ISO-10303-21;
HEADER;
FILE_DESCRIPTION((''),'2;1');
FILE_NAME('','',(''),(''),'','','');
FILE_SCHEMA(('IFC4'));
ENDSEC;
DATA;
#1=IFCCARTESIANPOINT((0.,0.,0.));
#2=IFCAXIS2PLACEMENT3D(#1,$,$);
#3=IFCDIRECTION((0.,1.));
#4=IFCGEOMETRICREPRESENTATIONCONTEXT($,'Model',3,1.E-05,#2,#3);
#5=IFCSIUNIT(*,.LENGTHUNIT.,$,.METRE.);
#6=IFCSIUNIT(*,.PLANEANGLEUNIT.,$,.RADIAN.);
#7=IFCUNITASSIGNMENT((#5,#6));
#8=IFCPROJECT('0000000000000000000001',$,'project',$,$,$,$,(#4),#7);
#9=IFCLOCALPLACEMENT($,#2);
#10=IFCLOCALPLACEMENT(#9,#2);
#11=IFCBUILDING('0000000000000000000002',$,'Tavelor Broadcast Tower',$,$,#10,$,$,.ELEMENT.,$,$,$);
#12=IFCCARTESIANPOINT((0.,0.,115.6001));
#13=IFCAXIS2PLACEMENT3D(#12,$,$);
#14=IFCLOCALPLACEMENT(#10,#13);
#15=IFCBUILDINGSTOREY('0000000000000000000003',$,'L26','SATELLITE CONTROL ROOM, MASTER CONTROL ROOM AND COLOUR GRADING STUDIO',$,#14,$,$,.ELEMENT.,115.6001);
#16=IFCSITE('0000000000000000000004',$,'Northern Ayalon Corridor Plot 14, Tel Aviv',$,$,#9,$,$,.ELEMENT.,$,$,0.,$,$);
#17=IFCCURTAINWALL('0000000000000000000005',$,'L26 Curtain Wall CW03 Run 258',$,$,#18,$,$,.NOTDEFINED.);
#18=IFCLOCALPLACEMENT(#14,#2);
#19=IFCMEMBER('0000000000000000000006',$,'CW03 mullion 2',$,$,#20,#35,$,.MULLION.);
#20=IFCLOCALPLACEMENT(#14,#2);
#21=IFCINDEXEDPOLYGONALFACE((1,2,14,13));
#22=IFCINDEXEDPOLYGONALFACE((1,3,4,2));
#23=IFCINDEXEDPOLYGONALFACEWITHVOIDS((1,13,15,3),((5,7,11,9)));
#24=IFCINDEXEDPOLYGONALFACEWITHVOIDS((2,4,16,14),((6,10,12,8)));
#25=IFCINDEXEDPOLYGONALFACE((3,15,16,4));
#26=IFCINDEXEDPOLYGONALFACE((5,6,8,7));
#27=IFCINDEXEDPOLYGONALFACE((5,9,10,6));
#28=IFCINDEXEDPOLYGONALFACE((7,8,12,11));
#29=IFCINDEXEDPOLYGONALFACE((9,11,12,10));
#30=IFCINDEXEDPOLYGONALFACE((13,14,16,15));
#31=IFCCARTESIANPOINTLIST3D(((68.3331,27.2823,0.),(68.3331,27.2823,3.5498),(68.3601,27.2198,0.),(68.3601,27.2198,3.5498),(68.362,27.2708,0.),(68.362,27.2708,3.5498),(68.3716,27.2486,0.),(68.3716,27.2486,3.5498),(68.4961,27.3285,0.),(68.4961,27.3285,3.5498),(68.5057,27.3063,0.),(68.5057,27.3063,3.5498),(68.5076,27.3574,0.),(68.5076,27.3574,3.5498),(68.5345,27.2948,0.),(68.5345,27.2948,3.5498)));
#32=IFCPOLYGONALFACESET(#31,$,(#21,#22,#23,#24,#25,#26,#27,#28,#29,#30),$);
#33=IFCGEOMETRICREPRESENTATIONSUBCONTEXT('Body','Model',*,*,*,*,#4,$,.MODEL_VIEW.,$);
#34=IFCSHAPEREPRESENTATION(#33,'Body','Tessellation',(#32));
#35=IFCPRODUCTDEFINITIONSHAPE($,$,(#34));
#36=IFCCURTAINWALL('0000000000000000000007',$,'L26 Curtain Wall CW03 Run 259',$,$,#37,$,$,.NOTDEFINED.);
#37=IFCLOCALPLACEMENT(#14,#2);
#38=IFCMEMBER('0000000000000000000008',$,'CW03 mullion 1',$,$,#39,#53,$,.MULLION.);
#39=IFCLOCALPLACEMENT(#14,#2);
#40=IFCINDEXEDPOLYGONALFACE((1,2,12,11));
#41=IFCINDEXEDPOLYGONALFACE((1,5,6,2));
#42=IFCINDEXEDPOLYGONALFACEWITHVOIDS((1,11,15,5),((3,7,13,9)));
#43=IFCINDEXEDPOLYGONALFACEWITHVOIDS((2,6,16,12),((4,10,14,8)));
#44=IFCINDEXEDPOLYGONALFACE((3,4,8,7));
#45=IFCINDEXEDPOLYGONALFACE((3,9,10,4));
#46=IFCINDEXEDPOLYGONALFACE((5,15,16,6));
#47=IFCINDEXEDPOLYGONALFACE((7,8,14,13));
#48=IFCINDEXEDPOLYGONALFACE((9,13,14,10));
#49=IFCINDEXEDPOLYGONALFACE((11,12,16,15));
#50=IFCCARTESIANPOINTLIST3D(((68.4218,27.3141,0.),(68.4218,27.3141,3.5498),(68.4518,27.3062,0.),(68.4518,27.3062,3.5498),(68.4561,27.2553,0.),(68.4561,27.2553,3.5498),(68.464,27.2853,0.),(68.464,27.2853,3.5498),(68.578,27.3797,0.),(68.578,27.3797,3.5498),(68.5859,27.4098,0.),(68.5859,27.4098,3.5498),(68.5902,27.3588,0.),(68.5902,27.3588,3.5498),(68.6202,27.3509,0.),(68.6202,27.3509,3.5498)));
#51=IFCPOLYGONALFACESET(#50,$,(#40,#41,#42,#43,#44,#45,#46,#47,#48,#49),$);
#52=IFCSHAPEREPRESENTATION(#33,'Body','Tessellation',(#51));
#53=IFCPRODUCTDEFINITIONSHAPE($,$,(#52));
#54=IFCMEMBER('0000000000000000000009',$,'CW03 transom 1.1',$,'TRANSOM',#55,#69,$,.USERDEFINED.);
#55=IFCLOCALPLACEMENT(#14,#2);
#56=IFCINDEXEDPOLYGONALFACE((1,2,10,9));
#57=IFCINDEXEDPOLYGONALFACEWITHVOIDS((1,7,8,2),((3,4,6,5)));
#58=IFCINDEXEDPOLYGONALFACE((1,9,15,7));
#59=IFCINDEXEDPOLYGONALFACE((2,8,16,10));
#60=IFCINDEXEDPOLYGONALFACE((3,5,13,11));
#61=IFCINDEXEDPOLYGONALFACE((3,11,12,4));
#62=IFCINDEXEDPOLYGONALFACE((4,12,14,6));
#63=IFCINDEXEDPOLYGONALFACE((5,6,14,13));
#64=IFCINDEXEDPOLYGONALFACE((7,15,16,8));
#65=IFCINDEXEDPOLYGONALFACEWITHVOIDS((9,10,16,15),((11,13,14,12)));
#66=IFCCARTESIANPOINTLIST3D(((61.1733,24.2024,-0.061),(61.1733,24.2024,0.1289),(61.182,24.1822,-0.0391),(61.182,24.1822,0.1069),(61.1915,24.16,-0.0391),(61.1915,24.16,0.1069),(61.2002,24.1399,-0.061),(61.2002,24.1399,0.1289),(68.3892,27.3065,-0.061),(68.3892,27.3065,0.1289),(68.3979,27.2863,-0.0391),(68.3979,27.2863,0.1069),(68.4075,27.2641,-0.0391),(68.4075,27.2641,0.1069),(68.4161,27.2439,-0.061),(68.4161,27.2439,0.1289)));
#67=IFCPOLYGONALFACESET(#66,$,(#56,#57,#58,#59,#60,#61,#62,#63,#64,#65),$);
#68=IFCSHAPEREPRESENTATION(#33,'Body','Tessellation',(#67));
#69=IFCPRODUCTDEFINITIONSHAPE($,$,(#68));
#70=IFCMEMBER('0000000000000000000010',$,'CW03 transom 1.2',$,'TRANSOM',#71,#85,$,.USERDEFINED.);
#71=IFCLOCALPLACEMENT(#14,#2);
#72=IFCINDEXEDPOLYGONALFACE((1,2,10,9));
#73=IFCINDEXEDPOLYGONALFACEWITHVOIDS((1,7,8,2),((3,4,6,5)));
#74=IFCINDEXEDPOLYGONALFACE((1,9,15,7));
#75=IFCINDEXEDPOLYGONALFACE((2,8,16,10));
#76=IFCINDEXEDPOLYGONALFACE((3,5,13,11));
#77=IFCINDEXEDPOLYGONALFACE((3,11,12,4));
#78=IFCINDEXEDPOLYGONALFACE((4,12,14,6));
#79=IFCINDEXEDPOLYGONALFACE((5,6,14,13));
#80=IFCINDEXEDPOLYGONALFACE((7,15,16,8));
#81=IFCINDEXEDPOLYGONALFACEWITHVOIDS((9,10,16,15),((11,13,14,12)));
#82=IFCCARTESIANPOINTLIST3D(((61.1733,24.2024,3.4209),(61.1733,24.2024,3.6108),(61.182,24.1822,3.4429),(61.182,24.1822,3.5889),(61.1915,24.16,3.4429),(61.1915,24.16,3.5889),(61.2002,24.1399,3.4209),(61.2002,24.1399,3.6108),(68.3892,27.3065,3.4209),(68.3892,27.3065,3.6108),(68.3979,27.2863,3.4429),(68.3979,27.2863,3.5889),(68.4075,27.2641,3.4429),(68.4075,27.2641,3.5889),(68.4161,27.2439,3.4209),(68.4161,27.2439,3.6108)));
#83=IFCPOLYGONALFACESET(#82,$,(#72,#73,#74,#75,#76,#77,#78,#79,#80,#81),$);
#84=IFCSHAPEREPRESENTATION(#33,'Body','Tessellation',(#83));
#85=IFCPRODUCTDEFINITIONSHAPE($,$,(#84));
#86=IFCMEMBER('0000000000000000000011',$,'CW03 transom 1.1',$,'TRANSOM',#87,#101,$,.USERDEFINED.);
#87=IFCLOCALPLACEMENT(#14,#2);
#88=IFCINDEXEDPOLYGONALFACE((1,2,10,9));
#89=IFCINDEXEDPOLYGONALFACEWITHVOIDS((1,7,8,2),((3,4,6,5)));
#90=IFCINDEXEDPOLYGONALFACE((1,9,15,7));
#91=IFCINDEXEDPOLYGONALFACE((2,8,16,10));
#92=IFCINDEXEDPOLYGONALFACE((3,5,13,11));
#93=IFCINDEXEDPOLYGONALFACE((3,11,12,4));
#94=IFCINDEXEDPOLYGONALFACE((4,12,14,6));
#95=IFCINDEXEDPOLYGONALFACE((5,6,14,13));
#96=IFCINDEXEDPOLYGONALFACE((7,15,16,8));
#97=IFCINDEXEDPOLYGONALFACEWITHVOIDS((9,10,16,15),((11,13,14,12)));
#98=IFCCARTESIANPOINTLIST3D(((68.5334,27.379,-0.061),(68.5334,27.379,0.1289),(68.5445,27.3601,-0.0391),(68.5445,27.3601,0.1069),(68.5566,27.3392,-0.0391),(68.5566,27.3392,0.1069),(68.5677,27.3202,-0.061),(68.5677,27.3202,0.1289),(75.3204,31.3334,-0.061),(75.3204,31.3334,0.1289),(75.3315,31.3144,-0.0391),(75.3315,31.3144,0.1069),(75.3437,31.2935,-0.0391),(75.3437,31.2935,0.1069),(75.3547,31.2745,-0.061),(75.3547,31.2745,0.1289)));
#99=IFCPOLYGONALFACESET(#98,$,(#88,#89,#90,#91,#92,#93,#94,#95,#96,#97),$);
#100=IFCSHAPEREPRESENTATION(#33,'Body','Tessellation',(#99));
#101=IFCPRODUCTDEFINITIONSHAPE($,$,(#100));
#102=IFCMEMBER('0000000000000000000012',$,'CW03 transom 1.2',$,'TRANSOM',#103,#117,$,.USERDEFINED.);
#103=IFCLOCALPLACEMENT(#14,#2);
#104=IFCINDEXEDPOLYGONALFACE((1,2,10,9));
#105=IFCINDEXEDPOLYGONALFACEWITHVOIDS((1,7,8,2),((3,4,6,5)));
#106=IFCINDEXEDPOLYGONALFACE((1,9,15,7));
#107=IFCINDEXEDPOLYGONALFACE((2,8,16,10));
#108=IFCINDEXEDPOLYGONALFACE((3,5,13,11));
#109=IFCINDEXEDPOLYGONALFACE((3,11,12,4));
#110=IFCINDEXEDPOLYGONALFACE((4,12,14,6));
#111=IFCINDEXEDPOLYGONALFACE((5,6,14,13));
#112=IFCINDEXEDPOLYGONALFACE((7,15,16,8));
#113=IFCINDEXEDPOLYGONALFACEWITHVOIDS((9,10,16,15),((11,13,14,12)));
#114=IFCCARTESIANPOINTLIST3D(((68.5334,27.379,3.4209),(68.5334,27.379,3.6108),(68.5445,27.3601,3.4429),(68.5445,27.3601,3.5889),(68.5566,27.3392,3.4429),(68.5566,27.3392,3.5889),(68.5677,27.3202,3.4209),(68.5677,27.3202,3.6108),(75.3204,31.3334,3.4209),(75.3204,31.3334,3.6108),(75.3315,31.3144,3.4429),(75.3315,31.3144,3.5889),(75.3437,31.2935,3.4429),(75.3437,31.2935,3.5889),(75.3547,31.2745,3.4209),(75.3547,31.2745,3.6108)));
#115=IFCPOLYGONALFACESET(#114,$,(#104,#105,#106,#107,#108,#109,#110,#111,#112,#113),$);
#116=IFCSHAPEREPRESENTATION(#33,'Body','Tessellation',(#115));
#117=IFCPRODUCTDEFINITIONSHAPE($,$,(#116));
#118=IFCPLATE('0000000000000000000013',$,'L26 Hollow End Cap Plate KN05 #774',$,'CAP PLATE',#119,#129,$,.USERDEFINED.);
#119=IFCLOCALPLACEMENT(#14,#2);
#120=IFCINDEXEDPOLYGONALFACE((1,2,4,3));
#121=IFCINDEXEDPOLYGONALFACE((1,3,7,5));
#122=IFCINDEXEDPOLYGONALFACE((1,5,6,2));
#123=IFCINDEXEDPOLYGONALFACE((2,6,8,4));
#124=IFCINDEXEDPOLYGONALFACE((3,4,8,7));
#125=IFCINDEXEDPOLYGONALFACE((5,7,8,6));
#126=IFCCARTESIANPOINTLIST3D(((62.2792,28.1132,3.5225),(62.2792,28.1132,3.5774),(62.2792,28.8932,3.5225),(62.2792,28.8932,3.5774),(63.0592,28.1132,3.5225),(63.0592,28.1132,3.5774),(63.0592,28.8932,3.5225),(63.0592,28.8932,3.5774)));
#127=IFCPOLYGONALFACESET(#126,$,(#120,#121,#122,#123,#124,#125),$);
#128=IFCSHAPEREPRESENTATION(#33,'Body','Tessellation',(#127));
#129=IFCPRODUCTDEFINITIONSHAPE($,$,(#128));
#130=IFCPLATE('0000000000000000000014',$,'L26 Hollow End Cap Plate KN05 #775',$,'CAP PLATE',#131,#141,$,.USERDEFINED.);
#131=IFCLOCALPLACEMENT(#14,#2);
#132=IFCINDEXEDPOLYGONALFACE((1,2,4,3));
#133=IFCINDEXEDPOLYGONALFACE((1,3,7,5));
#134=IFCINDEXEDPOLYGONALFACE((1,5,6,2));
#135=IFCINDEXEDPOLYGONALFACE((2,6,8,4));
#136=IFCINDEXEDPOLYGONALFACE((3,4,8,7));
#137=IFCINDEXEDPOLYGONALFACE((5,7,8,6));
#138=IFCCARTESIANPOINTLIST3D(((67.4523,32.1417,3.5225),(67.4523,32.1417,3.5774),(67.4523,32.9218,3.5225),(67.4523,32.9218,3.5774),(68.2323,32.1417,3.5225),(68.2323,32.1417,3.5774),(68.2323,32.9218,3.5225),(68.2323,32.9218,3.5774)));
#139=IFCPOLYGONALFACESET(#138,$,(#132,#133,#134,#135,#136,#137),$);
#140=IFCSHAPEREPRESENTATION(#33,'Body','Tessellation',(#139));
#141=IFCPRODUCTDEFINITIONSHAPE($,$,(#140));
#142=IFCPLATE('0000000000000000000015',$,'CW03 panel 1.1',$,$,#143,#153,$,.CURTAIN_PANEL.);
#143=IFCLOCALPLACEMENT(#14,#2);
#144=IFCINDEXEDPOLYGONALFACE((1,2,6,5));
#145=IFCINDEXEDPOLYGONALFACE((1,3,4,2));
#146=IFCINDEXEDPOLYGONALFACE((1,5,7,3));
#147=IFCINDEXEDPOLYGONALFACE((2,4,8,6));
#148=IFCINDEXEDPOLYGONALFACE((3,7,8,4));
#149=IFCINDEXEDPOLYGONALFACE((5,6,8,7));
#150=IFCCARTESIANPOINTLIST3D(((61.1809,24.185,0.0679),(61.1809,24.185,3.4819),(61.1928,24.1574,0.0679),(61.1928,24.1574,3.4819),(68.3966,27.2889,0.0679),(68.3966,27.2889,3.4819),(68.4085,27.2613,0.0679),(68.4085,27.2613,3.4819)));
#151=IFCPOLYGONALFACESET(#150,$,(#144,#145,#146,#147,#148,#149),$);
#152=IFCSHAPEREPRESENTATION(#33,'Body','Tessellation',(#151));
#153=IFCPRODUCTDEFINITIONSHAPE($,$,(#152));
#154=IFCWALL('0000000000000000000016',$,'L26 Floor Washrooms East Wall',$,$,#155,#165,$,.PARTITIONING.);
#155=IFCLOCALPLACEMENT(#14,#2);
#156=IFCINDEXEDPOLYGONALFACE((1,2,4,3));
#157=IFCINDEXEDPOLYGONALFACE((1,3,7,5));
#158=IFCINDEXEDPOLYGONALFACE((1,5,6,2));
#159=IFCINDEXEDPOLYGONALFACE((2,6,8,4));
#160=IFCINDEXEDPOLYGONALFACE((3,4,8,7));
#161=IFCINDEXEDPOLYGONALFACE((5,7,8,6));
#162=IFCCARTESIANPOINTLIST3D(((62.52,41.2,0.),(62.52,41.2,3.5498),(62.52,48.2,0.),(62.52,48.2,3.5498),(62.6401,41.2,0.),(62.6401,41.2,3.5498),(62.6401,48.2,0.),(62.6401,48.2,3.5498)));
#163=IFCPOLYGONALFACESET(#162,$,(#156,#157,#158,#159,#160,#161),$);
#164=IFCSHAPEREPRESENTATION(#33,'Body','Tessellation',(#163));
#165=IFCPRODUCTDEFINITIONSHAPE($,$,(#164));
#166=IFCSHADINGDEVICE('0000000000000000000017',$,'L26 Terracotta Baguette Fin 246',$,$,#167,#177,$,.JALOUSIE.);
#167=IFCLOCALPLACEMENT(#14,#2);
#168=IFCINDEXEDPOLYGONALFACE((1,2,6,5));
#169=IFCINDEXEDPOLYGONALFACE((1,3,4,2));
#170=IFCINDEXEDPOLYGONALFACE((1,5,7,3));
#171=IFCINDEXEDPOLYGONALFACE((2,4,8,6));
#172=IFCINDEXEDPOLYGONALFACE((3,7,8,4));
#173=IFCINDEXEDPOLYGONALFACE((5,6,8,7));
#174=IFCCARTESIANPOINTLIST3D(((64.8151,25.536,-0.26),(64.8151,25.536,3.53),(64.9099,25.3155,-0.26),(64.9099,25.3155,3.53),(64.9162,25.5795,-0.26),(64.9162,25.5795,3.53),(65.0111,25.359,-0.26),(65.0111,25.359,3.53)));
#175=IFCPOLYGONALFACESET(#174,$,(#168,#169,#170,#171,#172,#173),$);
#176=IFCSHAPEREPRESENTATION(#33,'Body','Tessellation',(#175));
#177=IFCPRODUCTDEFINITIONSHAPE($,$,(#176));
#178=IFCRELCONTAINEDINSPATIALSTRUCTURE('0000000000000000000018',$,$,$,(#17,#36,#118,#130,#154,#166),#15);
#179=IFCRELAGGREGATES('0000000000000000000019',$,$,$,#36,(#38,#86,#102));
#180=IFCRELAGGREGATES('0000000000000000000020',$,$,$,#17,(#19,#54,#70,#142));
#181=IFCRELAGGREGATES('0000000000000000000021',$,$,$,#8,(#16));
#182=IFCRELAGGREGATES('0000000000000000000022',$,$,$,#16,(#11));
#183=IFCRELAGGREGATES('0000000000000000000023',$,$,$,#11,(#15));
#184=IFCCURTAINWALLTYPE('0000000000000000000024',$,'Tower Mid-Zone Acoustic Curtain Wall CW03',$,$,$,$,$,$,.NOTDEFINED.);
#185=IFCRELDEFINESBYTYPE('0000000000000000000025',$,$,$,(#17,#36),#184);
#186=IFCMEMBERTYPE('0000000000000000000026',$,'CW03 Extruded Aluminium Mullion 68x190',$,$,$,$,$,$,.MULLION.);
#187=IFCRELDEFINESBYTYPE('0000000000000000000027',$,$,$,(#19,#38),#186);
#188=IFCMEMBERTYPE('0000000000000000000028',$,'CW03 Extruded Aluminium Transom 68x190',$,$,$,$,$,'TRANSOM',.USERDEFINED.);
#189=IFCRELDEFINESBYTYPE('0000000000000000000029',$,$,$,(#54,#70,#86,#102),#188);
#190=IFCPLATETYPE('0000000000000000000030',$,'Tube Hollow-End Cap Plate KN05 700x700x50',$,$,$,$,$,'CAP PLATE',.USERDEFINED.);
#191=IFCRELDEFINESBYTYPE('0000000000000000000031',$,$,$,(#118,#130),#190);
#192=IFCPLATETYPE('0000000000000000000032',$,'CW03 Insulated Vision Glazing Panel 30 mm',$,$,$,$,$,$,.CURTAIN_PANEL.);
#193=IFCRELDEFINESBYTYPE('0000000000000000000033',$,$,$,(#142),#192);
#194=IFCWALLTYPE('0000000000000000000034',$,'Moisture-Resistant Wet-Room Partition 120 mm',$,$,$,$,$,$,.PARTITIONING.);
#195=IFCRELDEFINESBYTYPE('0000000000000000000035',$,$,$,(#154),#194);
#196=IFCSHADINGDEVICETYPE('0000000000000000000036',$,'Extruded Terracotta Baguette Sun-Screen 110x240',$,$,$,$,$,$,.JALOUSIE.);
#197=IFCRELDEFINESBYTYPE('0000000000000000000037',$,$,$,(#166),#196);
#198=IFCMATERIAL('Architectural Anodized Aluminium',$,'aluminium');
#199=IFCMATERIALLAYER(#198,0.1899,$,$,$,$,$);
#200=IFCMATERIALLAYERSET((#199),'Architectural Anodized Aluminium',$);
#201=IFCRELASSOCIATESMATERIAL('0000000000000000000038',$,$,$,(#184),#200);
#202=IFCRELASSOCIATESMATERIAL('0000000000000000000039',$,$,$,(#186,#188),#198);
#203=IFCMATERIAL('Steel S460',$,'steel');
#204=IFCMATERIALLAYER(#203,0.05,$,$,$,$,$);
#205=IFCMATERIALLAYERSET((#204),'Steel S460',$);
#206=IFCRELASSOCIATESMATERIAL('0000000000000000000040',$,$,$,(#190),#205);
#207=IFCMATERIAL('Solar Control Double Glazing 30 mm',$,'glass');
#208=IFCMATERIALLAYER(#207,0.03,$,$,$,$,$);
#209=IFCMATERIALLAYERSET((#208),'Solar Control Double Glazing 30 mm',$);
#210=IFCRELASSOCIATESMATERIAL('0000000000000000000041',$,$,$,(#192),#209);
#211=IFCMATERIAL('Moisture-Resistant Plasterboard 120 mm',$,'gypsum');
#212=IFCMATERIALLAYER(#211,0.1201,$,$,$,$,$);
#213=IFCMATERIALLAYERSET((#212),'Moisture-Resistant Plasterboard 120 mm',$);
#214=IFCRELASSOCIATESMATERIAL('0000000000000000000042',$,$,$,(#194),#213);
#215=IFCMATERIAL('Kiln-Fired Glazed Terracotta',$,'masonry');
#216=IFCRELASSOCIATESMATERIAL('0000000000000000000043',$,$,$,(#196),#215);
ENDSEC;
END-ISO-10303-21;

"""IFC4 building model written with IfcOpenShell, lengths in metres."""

from ifc_helpers import new_model, si_unit, direction, frame, frame_2d, origin, origin_2d, place, context, subcontext, project, spatial, rectangle, hollow_rectangle, extrude, source, transform, mapped, material, layer, layer_set, material_profile, profile_set, type_object, type_shapes, element, aggregate, save


model = new_model("IFC4")

# Units and contexts
model_context = context("Model", 3, precision=1e-05, world=origin(), true_north=direction((0.0, 1.0)))
body_context = subcontext(model_context, "Body", "Model", "MODEL_VIEW")
ifc_project = project(units=[si_unit("LENGTHUNIT", "METRE"), si_unit("PLANEANGLEUNIT", "RADIAN")], contexts=[model_context])

# Site, building, storey
site_placement = place(None, origin())
site = spatial("IfcSite", under=ifc_project, at=site_placement, Name="Northern Ayalon Corridor Plot 14, Tel Aviv", CompositionType="ELEMENT", RefElevation=0.0)
building_placement = place(site_placement, origin())
building = spatial("IfcBuilding", under=site, at=building_placement, Name="Tavelor Broadcast Tower", CompositionType="ELEMENT")
storey_placement = place(building_placement, frame((0.0, 0.0, 115.6001)))
storey = spatial("IfcBuildingStorey", under=building, at=storey_placement, Name="L26", Description="SATELLITE CONTROL ROOM, MASTER CONTROL ROOM AND COLOUR GRADING STUDIO", CompositionType="ELEMENT", Elevation=115.6001)

# Shared definitions
ifc_material_1 = material(Name="Steel S460", Category="steel")

# Shared definitions
ifc_material_2 = material(Name="Architectural Anodized Aluminium", Category="aluminium")
ifc_layer_1 = layer(ifc_material_2, 0.1899)
ifc_layer_set_1 = layer_set([ifc_layer_1], Name="Architectural Anodized Aluminium")
curtain_wall_type = type_object("IfcCurtainWallType", Name="Tower Mid-Zone Acoustic Curtain Wall CW03", PredefinedType="NOTDEFINED", material=ifc_layer_set_1)
ifc_material_profile_1 = material_profile(ifc_material_2, hollow_rectangle(XDim=0.0681, YDim=0.1899, WallThickness=0.022, at=origin_2d()), Name="RHS 68x190x22")
ifc_profile_set_1 = profile_set([ifc_material_profile_1], Name="Architectural Anodized Aluminium")
member_type_1 = type_object("IfcMemberType", Name="CW03 Extruded Aluminium Mullion 68x190", PredefinedType="MULLION", material=ifc_profile_set_1)
shared_shape_1 = source(origin(), body_context, "Body", "SweptSolid", [
    extrude(hollow_rectangle(XDim=0.0681, YDim=0.1899, WallThickness=0.022, at=origin_2d()), origin(), (0.0, 0.0, 1.0), 3.5498),
])
type_shapes(member_type_1, [shared_shape_1])

# Curtain wall, member
curtain_wall_1_placement = place(storey_placement, origin())
curtain_wall_1 = element("IfcCurtainWall", 1, at=curtain_wall_1_placement, inside=storey, type_object=curtain_wall_type, Name="L26 Curtain Wall CW03 Run 258", PredefinedType="NOTDEFINED")
member_1_placement = place(storey_placement, frame((68.4338, 27.2886, 0.0), z_axis=(0.0, 0.0, 1.0), x_axis=(-0.395148, 0.918617, 0.0)))
member_1 = element("IfcMember", 2, at=member_1_placement, type_object=member_type_1, Name="CW03 mullion 2", PredefinedType="MULLION", context=body_context, shape_type="MappedRepresentation", body=[
    mapped(shared_shape_1, transform((0.0, 0.0, 0.0), scale=1.0)),
])

# Curtain wall, member
curtain_wall_2_placement = place(storey_placement, origin())
curtain_wall_2 = element("IfcCurtainWall", 3, at=curtain_wall_2_placement, inside=storey, type_object=curtain_wall_type, Name="L26 Curtain Wall CW03 Run 259", PredefinedType="NOTDEFINED")
member_2_placement = place(storey_placement, frame((68.521, 27.3325, 0.0), z_axis=(0.0, 0.0, 1.0), x_axis=(-0.503406, 0.86405, 0.0)))
member_2 = element("IfcMember", 4, at=member_2_placement, type_object=member_type_1, Name="CW03 mullion 1", PredefinedType="MULLION", context=body_context, shape_type="MappedRepresentation", body=[
    mapped(shared_shape_1, transform((0.0, 0.0, 0.0), scale=1.0)),
])

# Members
ifc_material_profile_2 = material_profile(ifc_material_2, hollow_rectangle(XDim=0.0681, YDim=0.1899, WallThickness=0.022, at=origin_2d()), Name="RHS 68x190x22")
ifc_profile_set_2 = profile_set([ifc_material_profile_2], Name="Architectural Anodized Aluminium")
member_type_2 = type_object("IfcMemberType", Name="CW03 Extruded Aluminium Transom 68x190", ElementType="TRANSOM", PredefinedType="USERDEFINED", material=ifc_profile_set_2)
shared_shape_2 = source(origin(), body_context, "Body", "SweptSolid", [
    extrude(hollow_rectangle(XDim=0.0681, YDim=0.1899, WallThickness=0.022, at=origin_2d()), origin(), (0.0, 0.0, 1.0), 7.8552),
])
member_3_placement = place(storey_placement, frame((61.1868, 24.1711, 0.0339), z_axis=(0.918614, 0.395157, 0.0), x_axis=(-0.395157, 0.918614, 0.0)))
member_3 = element("IfcMember", 5, at=member_3_placement, type_object=member_type_2, Name="CW03 transom 1.1", ObjectType="TRANSOM", PredefinedType="USERDEFINED", context=body_context, shape_type="MappedRepresentation", body=[
    mapped(shared_shape_2, transform((0.0, 0.0, 0.0), scale=1.0)),
])
member_4_placement = place(storey_placement, frame((61.1868, 24.1711, 3.5159), z_axis=(0.918614, 0.395157, 0.0), x_axis=(-0.395157, 0.918614, 0.0)))
member_4 = element("IfcMember", 6, at=member_4_placement, type_object=member_type_2, Name="CW03 transom 1.2", ObjectType="TRANSOM", PredefinedType="USERDEFINED", context=body_context, shape_type="MappedRepresentation", body=[
    mapped(shared_shape_2, transform((0.0, 0.0, 0.0), scale=1.0)),
])
shared_shape_3 = source(origin(), body_context, "Body", "SweptSolid", [
    extrude(hollow_rectangle(XDim=0.0681, YDim=0.1899, WallThickness=0.022, at=origin_2d()), origin(), (0.0, 0.0, 1.0), 7.855),
])
type_shapes(member_type_2, [shared_shape_2, shared_shape_3])
member_5_placement = place(storey_placement, frame((68.5505, 27.3496, 0.0339), z_axis=(0.864045, 0.503415, 0.0), x_axis=(-0.503415, 0.864045, 0.0)))
member_5 = element("IfcMember", 7, at=member_5_placement, type_object=member_type_2, Name="CW03 transom 1.1", ObjectType="TRANSOM", PredefinedType="USERDEFINED", context=body_context, shape_type="MappedRepresentation", body=[
    mapped(shared_shape_3, transform((0.0, 0.0, 0.0), scale=1.0)),
])
member_6_placement = place(storey_placement, frame((68.5505, 27.3496, 3.5159), z_axis=(0.864045, 0.503415, 0.0), x_axis=(-0.503415, 0.864045, 0.0)))
member_6 = element("IfcMember", 8, at=member_6_placement, type_object=member_type_2, Name="CW03 transom 1.2", ObjectType="TRANSOM", PredefinedType="USERDEFINED", context=body_context, shape_type="MappedRepresentation", body=[
    mapped(shared_shape_3, transform((0.0, 0.0, 0.0), scale=1.0)),
])
aggregate(curtain_wall_2, [member_2, member_5, member_6])

# Plates
ifc_layer_2 = layer(ifc_material_1, 0.05)
ifc_layer_set_2 = layer_set([ifc_layer_2], Name="Steel S460")
plate_type_1 = type_object("IfcPlateType", Name="Tube Hollow-End Cap Plate KN05 700x700x50", ElementType="CAP PLATE", PredefinedType="USERDEFINED", material=ifc_layer_set_2)
shared_shape_4 = source(origin(), body_context, "Body", "SweptSolid", [
    extrude(rectangle(XDim=0.78, YDim=0.78, at=origin_2d()), origin(), (0.0, 0.0, 1.0), 0.0549),
])
type_shapes(plate_type_1, [shared_shape_4])
for number, where, z_axis, x_axis, name in (
    (9, (62.6692, 28.5032, 3.5225), (0.0, 0.0, 1.0), (1.0, 0.0, 0.0), "L26 Hollow End Cap Plate KN05 #774"),
    (10, (67.8423, 32.5317, 3.5225), (0.0, 0.0, 1.0), (1.0, 0.0, 0.0), "L26 Hollow End Cap Plate KN05 #775"),
):
    element("IfcPlate", number, at=place(storey_placement, frame(where, z_axis=z_axis, x_axis=x_axis)), inside=storey, type_object=plate_type_1, Name=name, ObjectType="CAP PLATE", PredefinedType="USERDEFINED", context=body_context, shape_type="MappedRepresentation", body=[
        mapped(shared_shape_4, transform((0.0, 0.0, 0.0), scale=1.0)),
    ])

# Plate
ifc_material_3 = material(Name="Solar Control Double Glazing 30 mm", Category="glass")
ifc_layer_3 = layer(ifc_material_3, 0.03)
ifc_layer_set_3 = layer_set([ifc_layer_3], Name="Solar Control Double Glazing 30 mm")
plate_type_2 = type_object("IfcPlateType", Name="CW03 Insulated Vision Glazing Panel 30 mm", PredefinedType="CURTAIN_PANEL", material=ifc_layer_set_3)
shared_shape_5 = source(origin(), body_context, "Body", "SweptSolid", [
    extrude(rectangle(XDim=7.855, YDim=0.03, at=origin_2d()), origin(), (0.0, 0.0, 1.0), 3.4141),
])
type_shapes(plate_type_2, [shared_shape_5])
plate_placement = place(storey_placement, frame((64.7947, 25.7231, 0.0679), z_axis=(0.0, 0.0, 1.0), x_axis=(0.918617, 0.395148, 0.0)))
plate = element("IfcPlate", 11, at=plate_placement, type_object=plate_type_2, Name="CW03 panel 1.1", PredefinedType="CURTAIN_PANEL", context=body_context, shape_type="MappedRepresentation", body=[
    mapped(shared_shape_5, transform((0.0, 0.0, 0.0), scale=1.0)),
])
aggregate(curtain_wall_1, [member_1, member_3, member_4, plate])

# Wall
ifc_material_4 = material(Name="Moisture-Resistant Plasterboard 120 mm", Category="gypsum")
ifc_layer_4 = layer(ifc_material_4, 0.1201)
ifc_layer_set_4 = layer_set([ifc_layer_4], Name="Moisture-Resistant Plasterboard 120 mm")
wall_type = type_object("IfcWallType", Name="Moisture-Resistant Wet-Room Partition 120 mm", PredefinedType="PARTITIONING", material=ifc_layer_set_4)
wall_placement = place(storey_placement, frame((62.5801, 41.2, 0.0), z_axis=(0.0, 0.0, 1.0), x_axis=(0.0, 1.0, 0.0)))
element("IfcWall", 12, at=wall_placement, inside=storey, type_object=wall_type, Name="L26 Floor Washrooms East Wall", PredefinedType="PARTITIONING", context=body_context, shape_type="SweptSolid", body=[
    extrude(rectangle(XDim=7.0, YDim=0.1201, at=frame_2d((3.5, 0.0))), origin(), (0.0, 0.0, 1.0), 3.5498),
])

# Shading device
ifc_material_5 = material(Name="Kiln-Fired Glazed Terracotta", Category="masonry")
shading_device_type = type_object("IfcShadingDeviceType", Name="Extruded Terracotta Baguette Sun-Screen 110x240", PredefinedType="JALOUSIE", material=ifc_material_5)
shared_shape_6 = source(origin(), body_context, "Body", "SweptSolid", [
    extrude(rectangle(XDim=0.1101, YDim=0.24, at=origin_2d()), origin(), (0.0, 0.0, 1.0), 3.79),
])
type_shapes(shading_device_type, [shared_shape_6])
shading_device_placement = place(storey_placement, frame((64.9131, 25.4475, -0.26), z_axis=(0.0, 0.0, 1.0), x_axis=(0.918584, 0.395225, 0.0)))
element("IfcShadingDevice", 13, at=shading_device_placement, inside=storey, type_object=shading_device_type, Name="L26 Terracotta Baguette Fin 246", PredefinedType="JALOUSIE", context=body_context, shape_type="MappedRepresentation", body=[
    mapped(shared_shape_6, transform((0.0, 0.0, 0.0), scale=1.0)),
])

save(model, "model.ifc")
